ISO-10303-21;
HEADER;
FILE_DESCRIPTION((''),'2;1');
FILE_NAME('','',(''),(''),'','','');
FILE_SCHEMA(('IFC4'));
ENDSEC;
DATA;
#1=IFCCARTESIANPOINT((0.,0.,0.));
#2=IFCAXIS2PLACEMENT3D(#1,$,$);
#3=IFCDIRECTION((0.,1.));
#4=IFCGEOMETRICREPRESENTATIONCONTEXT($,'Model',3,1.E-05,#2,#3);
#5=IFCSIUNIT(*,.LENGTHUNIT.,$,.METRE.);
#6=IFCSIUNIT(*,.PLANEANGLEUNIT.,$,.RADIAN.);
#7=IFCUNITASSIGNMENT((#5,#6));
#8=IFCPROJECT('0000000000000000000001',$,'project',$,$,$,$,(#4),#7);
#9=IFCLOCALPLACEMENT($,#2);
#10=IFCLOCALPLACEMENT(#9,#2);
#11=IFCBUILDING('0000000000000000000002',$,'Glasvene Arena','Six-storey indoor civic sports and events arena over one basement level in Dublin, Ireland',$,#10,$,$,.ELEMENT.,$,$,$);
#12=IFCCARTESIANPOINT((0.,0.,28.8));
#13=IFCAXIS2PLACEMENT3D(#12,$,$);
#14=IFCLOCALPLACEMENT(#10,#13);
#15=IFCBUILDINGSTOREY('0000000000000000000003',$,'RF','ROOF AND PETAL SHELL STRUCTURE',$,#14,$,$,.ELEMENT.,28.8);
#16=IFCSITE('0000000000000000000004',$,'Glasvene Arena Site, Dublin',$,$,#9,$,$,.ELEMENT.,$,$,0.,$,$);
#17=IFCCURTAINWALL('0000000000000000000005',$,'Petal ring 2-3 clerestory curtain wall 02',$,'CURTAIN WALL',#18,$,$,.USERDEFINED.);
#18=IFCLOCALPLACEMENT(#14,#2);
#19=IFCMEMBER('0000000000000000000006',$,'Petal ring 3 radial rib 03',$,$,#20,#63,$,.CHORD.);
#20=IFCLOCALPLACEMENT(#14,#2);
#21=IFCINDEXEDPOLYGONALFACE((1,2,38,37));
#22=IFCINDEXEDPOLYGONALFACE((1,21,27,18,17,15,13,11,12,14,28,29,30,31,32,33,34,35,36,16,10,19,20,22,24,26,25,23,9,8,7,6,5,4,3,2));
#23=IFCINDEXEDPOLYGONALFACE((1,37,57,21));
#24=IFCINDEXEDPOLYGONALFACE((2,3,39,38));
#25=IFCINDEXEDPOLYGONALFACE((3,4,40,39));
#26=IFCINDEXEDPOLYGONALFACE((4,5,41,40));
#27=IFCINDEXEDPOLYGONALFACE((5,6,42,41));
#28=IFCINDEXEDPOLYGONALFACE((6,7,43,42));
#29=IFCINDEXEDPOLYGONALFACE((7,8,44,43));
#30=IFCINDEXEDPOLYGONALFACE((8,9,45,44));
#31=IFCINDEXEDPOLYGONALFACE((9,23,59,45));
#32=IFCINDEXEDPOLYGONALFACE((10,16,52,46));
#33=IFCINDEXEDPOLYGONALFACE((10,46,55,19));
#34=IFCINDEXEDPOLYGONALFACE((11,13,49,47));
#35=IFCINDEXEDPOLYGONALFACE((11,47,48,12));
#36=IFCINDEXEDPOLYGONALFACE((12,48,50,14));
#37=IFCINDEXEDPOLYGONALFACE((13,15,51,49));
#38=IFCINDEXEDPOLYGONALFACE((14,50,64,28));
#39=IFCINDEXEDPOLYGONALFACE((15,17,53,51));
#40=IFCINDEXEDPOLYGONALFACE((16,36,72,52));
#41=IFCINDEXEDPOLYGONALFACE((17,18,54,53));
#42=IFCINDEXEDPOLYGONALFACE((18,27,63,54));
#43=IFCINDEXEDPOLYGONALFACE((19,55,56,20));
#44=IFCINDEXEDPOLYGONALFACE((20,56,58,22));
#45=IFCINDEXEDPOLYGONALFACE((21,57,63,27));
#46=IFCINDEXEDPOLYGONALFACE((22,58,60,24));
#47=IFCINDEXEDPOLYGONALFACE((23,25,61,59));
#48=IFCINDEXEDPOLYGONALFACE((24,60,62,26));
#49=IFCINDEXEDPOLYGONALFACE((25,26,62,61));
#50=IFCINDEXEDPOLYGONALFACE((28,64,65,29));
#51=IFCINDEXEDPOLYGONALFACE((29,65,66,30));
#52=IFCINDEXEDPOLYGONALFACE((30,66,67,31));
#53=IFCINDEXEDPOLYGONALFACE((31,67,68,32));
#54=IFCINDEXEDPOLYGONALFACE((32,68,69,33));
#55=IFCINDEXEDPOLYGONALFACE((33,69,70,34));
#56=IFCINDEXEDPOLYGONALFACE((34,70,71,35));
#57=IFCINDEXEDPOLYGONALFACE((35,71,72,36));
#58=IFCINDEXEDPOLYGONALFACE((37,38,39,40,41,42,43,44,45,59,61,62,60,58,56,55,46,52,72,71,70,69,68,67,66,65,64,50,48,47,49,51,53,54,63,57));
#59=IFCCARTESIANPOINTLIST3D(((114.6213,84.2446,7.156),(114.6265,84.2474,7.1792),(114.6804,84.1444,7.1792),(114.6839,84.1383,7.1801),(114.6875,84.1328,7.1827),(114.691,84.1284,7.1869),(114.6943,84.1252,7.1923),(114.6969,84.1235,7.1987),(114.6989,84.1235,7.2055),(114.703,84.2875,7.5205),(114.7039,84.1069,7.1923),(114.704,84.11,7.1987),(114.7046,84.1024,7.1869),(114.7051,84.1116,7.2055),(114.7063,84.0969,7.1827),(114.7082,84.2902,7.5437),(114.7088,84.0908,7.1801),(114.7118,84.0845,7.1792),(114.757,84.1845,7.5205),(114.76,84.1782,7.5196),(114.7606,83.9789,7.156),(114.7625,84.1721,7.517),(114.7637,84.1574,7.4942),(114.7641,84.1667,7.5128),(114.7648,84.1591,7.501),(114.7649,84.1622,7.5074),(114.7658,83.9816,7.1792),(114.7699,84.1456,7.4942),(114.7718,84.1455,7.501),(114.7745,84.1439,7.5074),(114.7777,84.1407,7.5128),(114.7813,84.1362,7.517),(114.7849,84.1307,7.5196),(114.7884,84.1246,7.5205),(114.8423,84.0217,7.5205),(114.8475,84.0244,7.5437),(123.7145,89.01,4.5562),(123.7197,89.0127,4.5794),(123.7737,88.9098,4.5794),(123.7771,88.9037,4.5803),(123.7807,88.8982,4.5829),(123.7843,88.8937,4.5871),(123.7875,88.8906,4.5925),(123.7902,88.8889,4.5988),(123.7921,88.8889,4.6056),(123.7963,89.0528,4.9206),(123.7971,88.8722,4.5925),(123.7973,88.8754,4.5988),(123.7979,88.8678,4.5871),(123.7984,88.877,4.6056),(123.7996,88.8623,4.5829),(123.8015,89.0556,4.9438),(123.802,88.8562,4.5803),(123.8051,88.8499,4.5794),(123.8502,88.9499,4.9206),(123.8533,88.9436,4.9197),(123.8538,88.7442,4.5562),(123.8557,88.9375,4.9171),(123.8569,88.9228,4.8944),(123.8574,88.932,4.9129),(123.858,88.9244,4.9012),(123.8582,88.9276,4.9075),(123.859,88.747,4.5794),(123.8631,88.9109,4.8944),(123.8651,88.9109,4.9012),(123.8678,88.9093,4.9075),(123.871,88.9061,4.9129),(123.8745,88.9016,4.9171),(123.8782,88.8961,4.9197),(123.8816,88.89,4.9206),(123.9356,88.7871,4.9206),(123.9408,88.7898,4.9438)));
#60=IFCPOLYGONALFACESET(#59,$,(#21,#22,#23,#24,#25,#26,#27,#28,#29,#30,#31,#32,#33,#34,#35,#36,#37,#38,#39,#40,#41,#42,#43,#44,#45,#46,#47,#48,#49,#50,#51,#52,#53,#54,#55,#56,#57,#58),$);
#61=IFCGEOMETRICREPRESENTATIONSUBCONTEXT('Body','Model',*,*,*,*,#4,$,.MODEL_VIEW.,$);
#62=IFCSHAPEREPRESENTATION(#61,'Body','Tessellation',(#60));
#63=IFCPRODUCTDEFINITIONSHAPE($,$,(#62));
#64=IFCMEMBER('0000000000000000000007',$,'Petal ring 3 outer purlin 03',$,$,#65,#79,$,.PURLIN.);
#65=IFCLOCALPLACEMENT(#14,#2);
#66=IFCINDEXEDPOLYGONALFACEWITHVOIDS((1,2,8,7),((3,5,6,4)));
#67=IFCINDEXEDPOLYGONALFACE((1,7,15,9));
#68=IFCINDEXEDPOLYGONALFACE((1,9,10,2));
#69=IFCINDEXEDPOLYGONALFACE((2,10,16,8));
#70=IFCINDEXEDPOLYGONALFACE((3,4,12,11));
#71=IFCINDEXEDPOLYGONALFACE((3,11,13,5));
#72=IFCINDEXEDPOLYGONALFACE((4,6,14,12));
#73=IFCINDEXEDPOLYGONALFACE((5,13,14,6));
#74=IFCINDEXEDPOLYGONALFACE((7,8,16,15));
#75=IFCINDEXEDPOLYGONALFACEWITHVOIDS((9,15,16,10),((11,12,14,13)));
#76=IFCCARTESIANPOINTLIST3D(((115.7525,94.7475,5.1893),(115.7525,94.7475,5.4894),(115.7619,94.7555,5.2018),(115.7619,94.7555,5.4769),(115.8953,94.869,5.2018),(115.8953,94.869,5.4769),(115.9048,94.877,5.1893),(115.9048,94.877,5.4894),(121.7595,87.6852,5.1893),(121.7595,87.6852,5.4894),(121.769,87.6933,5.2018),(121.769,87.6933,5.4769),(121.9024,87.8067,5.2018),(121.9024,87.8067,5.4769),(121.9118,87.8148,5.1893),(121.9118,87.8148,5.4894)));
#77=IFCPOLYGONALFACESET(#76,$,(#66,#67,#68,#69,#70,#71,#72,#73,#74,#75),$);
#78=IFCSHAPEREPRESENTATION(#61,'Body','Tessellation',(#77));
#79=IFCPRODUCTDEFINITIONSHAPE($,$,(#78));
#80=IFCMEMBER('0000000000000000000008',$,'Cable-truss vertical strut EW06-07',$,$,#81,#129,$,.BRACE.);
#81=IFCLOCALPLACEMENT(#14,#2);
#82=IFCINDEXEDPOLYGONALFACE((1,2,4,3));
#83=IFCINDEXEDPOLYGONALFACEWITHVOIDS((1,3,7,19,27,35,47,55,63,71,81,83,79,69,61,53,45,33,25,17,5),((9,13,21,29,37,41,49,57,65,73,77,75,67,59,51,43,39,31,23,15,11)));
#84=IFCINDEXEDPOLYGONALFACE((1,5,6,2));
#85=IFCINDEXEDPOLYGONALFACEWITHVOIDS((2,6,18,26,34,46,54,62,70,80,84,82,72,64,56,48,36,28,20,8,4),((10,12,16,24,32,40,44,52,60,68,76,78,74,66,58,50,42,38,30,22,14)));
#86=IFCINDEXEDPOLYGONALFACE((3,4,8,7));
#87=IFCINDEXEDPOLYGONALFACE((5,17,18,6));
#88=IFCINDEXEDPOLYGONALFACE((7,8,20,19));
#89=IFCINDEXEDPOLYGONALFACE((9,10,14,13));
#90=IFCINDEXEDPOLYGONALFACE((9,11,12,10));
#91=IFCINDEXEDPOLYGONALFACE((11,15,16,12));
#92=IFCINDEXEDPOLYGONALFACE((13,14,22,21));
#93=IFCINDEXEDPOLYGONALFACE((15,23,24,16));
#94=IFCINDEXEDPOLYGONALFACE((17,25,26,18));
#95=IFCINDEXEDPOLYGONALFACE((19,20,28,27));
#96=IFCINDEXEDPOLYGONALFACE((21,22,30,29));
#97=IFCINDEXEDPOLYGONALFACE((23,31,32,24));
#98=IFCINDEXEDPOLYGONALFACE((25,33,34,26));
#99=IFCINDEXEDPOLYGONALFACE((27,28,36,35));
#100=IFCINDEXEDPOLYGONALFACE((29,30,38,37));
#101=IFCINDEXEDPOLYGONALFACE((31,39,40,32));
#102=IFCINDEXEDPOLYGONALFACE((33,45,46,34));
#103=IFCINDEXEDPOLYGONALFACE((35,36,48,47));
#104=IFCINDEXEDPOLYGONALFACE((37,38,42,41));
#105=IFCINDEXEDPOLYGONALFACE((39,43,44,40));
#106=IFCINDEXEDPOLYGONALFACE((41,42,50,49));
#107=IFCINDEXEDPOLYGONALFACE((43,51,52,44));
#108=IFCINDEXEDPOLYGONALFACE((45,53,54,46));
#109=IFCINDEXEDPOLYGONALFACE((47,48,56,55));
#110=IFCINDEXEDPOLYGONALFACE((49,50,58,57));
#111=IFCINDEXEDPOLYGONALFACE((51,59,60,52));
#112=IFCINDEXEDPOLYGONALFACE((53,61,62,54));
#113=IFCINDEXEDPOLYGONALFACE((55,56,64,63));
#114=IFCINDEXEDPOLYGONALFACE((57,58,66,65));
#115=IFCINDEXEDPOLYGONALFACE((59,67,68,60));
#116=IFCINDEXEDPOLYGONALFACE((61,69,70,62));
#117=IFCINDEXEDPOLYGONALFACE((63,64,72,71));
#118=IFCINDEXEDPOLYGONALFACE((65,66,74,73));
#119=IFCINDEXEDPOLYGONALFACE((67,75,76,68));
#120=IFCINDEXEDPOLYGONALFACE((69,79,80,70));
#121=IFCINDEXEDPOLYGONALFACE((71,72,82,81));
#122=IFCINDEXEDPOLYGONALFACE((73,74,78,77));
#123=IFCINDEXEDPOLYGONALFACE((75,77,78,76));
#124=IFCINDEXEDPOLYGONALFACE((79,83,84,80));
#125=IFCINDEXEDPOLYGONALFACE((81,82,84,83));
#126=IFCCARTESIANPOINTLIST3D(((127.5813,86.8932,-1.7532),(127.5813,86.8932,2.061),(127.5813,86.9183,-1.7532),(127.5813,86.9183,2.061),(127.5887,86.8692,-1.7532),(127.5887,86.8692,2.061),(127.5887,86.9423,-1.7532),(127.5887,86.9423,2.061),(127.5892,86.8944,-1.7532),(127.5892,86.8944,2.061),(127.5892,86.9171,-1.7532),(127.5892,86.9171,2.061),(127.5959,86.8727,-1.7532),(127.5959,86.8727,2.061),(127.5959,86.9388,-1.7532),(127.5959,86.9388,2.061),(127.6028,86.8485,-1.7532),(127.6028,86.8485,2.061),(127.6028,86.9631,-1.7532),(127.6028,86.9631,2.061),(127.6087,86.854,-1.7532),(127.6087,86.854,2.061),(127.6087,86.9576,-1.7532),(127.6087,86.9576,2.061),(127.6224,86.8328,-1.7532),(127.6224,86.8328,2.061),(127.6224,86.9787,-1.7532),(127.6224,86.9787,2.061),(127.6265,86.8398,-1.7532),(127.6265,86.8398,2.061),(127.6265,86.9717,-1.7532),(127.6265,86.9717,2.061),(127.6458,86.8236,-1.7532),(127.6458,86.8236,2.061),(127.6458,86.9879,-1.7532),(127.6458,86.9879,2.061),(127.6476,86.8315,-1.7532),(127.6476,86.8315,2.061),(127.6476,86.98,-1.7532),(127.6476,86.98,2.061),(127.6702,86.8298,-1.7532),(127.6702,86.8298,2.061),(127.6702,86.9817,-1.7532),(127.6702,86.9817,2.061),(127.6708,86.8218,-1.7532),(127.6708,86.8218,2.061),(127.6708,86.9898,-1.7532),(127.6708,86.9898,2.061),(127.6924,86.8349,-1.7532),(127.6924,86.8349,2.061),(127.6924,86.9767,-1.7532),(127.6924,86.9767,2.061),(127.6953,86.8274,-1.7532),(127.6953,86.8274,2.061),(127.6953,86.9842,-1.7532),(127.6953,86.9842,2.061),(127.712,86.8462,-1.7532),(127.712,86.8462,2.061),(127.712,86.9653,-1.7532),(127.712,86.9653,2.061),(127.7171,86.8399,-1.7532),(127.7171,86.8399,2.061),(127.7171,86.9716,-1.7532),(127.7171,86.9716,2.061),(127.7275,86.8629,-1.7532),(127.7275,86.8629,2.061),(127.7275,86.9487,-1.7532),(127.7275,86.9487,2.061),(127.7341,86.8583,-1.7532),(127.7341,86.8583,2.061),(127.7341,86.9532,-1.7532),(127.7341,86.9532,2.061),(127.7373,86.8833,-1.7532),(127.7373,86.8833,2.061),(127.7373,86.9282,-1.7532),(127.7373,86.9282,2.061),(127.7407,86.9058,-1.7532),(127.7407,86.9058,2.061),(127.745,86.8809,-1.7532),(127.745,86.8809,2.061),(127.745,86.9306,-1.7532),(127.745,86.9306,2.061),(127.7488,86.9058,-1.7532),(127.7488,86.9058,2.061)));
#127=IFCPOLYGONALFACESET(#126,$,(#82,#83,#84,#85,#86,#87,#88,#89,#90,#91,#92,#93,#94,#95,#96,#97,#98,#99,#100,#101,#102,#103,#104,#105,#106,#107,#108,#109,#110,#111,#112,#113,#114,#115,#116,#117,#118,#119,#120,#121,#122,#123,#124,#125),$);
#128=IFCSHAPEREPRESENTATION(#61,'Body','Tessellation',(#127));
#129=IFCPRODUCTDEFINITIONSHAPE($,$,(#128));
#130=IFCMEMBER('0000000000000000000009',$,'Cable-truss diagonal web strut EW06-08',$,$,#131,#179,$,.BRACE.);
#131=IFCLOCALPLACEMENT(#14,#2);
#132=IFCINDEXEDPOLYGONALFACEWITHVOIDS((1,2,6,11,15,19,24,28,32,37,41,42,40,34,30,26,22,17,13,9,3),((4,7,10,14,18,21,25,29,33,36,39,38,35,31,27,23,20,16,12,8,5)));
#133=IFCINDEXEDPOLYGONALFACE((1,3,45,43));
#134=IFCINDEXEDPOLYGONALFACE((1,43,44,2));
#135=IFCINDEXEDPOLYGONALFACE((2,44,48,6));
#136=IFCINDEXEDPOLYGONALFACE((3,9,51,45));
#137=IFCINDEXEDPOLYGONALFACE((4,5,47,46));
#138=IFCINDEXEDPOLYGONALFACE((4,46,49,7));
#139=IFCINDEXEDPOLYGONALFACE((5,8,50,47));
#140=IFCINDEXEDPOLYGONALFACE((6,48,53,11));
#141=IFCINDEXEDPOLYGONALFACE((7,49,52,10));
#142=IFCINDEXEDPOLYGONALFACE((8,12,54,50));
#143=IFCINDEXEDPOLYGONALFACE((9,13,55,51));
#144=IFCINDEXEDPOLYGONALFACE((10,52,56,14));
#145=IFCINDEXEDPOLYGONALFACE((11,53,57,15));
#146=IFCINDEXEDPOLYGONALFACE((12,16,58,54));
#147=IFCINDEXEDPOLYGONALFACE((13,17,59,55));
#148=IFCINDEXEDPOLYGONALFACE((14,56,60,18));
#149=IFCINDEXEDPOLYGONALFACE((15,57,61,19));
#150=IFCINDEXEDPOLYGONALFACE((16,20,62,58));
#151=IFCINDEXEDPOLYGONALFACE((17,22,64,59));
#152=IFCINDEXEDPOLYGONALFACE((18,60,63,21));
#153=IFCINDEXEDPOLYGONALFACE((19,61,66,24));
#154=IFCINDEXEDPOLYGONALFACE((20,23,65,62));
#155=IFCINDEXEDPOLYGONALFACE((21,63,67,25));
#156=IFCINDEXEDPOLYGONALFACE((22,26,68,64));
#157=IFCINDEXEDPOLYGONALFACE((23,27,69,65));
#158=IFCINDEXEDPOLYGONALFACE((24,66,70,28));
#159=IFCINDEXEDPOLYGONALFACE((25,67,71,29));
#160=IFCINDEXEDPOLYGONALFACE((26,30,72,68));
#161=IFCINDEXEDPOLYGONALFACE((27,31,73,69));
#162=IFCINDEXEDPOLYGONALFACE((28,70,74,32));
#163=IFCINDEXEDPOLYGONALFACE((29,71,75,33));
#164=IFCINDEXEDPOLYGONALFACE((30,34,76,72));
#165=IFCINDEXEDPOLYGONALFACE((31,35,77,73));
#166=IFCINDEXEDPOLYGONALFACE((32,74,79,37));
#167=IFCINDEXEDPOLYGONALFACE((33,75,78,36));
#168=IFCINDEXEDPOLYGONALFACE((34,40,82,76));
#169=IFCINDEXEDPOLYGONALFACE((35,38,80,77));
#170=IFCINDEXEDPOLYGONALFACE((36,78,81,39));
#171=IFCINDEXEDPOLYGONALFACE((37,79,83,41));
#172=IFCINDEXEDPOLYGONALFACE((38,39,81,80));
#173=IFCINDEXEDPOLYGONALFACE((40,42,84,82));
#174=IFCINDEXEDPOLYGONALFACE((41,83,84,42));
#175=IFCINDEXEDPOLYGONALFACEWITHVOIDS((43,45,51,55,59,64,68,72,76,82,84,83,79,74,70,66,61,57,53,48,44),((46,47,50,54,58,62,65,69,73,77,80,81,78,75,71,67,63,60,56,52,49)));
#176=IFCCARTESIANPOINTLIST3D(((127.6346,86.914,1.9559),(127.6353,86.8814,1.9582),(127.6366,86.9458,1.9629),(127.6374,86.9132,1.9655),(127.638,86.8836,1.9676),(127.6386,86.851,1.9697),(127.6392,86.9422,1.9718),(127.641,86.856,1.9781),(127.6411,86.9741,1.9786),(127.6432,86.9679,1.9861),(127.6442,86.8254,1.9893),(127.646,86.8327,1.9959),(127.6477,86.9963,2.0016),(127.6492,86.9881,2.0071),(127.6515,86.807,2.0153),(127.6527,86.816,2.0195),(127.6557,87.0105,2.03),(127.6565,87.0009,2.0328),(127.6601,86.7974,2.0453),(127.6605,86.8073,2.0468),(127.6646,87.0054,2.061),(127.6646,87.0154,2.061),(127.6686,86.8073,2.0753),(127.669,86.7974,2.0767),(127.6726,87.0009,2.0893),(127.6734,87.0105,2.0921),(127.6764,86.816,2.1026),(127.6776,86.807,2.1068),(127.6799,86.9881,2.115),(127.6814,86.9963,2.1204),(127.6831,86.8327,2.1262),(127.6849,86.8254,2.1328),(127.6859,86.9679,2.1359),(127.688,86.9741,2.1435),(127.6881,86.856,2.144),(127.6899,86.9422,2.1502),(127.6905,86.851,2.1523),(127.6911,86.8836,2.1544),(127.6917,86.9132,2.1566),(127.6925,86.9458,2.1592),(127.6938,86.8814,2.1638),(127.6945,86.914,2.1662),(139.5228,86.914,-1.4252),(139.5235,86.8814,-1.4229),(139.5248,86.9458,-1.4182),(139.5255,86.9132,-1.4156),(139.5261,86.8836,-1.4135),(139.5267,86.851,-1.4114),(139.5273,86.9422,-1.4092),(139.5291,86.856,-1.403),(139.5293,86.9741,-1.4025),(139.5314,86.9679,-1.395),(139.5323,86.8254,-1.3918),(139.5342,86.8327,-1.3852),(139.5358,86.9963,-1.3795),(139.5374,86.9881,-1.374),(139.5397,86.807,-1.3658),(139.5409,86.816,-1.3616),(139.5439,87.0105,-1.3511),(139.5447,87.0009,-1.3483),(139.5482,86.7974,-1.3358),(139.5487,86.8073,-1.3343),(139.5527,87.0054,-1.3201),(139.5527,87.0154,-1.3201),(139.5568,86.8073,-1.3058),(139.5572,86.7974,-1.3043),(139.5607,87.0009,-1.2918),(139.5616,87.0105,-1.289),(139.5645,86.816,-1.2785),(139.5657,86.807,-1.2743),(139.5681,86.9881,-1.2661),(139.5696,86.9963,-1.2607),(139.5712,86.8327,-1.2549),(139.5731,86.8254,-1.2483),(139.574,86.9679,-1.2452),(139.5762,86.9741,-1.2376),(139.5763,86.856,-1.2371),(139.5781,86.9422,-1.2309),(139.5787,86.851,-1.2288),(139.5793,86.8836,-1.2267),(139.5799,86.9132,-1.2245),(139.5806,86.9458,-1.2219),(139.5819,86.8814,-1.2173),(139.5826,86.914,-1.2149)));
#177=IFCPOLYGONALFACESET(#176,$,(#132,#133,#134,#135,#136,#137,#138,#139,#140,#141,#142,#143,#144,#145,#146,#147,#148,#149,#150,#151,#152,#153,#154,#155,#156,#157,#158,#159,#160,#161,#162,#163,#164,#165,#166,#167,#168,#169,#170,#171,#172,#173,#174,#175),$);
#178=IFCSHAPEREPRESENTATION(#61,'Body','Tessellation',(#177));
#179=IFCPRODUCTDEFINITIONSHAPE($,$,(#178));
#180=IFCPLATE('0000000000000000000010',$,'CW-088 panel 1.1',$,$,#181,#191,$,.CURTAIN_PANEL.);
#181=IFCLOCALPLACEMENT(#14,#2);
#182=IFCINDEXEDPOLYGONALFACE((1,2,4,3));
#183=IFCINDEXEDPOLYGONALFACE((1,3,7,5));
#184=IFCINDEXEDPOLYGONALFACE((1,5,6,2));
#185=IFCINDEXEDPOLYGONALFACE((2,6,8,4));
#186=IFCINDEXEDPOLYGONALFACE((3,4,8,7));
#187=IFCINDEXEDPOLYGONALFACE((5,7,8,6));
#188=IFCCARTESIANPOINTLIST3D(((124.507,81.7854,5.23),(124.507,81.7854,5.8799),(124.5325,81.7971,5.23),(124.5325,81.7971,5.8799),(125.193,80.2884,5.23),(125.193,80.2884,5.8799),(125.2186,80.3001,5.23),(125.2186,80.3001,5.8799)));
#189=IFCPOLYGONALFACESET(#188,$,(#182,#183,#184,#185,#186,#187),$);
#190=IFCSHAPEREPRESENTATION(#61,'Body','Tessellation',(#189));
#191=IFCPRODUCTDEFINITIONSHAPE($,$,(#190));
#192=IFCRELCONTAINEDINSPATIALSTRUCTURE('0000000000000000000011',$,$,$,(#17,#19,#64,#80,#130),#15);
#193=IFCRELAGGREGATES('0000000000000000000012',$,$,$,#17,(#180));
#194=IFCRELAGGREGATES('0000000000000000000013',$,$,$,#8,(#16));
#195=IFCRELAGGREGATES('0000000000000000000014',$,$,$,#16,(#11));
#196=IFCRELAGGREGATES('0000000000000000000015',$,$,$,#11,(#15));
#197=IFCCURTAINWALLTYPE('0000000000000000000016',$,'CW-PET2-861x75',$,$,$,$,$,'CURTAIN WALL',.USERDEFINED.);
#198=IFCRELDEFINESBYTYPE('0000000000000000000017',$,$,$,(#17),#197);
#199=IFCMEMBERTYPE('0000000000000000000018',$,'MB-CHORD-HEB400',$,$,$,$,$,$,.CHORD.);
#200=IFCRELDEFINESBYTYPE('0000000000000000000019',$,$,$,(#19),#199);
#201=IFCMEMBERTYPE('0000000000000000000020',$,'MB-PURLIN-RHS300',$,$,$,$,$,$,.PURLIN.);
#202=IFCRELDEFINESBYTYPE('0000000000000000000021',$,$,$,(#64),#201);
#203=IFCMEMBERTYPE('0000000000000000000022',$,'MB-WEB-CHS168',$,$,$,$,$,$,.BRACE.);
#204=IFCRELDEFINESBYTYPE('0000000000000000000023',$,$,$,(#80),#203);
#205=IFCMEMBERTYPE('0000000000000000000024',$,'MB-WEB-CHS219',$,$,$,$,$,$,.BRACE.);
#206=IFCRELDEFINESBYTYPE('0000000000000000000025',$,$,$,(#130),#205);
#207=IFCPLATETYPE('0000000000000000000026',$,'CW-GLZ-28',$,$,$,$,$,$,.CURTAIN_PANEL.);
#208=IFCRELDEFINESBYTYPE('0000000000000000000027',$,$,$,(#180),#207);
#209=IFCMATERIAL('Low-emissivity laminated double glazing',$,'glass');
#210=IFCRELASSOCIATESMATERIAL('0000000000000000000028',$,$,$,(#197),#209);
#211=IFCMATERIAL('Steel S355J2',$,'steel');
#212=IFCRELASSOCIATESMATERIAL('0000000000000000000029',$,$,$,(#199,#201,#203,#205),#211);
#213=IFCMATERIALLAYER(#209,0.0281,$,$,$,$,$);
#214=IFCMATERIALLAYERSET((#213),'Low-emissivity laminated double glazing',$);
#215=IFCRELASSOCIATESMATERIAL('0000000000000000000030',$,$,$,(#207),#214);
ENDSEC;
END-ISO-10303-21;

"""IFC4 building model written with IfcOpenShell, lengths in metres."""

from ifc_helpers import new_model, si_unit, direction, frame, origin, origin_2d, place, context, subcontext, project, spatial, rectangle, hollow_rectangle, hollow_circle, i_section, extrude, material, layer, layer_set, material_profile, profile_set, type_object, element, aggregate, save


model = new_model("IFC4")

# Units and contexts
model_context = context("Model", 3, precision=1e-05, world=origin(), true_north=direction((0.0, 1.0)))
body_context = subcontext(model_context, "Body", "Model", "MODEL_VIEW")
ifc_project = project(units=[si_unit("LENGTHUNIT", "METRE"), si_unit("PLANEANGLEUNIT", "RADIAN")], contexts=[model_context])

# Site, building, storey
site_placement = place(None, origin())
site = spatial("IfcSite", under=ifc_project, at=site_placement, Name="Glasvene Arena Site, Dublin", CompositionType="ELEMENT", RefElevation=0.0)
building_placement = place(site_placement, origin())
building = spatial("IfcBuilding", under=site, at=building_placement, Name="Glasvene Arena", Description="Six-storey indoor civic sports and events arena over one basement level in Dublin, Ireland", CompositionType="ELEMENT")
storey_placement = place(building_placement, frame((0.0, 0.0, 28.8)))
storey = spatial("IfcBuildingStorey", under=building, at=storey_placement, Name="RF", Description="ROOF AND PETAL SHELL STRUCTURE", CompositionType="ELEMENT", Elevation=28.8)

# Shared definitions
ifc_material_1 = material(Name="Low-emissivity laminated double glazing", Category="glass")

# Curtain wall
curtain_wall_type_1 = type_object("IfcCurtainWallType", Name="CW-PET2-861x75", ElementType="CURTAIN WALL", PredefinedType="USERDEFINED", material=ifc_material_1)
curtain_wall_1_placement = place(storey_placement, frame((125.2268, 80.2488, 0.0)))
curtain_wall_1 = element("IfcCurtainWall", 1, at=curtain_wall_1_placement, inside=storey, type_object=curtain_wall_type_1, Name="Petal ring 2-3 clerestory curtain wall 02", ObjectType="CURTAIN WALL", PredefinedType="USERDEFINED")

# Members
ifc_material_2 = material(Name="Steel S355J2", Category="steel")
ifc_material_profile_1 = material_profile(ifc_material_2, i_section(OverallWidth=0.3, OverallDepth=0.3999, WebThickness=0.0134, FlangeThickness=0.0239, FilletRadius=0.0271, at=origin_2d()), Name="HEB 400")
ifc_profile_set_1 = profile_set([ifc_material_profile_1], Name="Steel S355J2")
member_type_1 = type_object("IfcMemberType", Name="MB-CHORD-HEB400", PredefinedType="CHORD", material=ifc_profile_set_1)
member_1_placement = place(storey_placement, frame((123.8276, 88.8999, 4.75), z_axis=(-0.858637, -0.449974, 0.245493), x_axis=(0.464178, -0.885742, 0.0)))
element("IfcMember", 2, at=member_1_placement, inside=storey, type_object=member_type_1, Name="Petal ring 3 radial rib 03", PredefinedType="CHORD", context=body_context, shape_type="SweptSolid", body=[
    extrude(i_section(OverallWidth=0.3, OverallDepth=0.3999, WebThickness=0.0134, FlangeThickness=0.0239, FilletRadius=0.0271, at=origin_2d()), origin(), (0.0, 0.0, 1.0), 10.5903),
])
ifc_material_profile_2 = material_profile(ifc_material_2, hollow_rectangle(XDim=0.2, YDim=0.3, WallThickness=0.0125, at=origin_2d()), Name="RHS 300x200x12.5")
ifc_profile_set_2 = profile_set([ifc_material_profile_2], Name="Steel S355J2")
member_type_2 = type_object("IfcMemberType", Name="MB-PURLIN-RHS300", PredefinedType="PURLIN", material=ifc_profile_set_2)
member_2_placement = place(storey_placement, frame((121.8357, 87.75, 5.3394), z_axis=(-0.647909, 0.761718, 0.0), x_axis=(-0.761718, -0.647909, 0.0)))
element("IfcMember", 3, at=member_2_placement, inside=storey, type_object=member_type_2, Name="Petal ring 3 outer purlin 03", PredefinedType="PURLIN", context=body_context, shape_type="SweptSolid", body=[
    extrude(hollow_rectangle(XDim=0.2, YDim=0.3, WallThickness=0.0125, at=origin_2d()), origin(), (0.0, 0.0, 1.0), 9.2715),
])
ifc_material_profile_3 = material_profile(ifc_material_2, hollow_circle(Radius=0.0842, WallThickness=0.0081, at=origin_2d()), Name="CHS 168.3x8.0")
ifc_profile_set_3 = profile_set([ifc_material_profile_3], Name="Steel S355J2")
member_type_3 = type_object("IfcMemberType", Name="MB-WEB-CHS168", PredefinedType="BRACE", material=ifc_profile_set_3)
member_3_placement = place(storey_placement, frame((127.6646, 86.9058, -1.7532), z_axis=(0.0, 0.0, 1.0), x_axis=(1.0, 0.0, 0.0)))
element("IfcMember", 4, at=member_3_placement, inside=storey, type_object=member_type_3, Name="Cable-truss vertical strut EW06-07", PredefinedType="BRACE", context=body_context, shape_type="SweptSolid", body=[
    extrude(hollow_circle(Radius=0.0842, WallThickness=0.0081, at=origin_2d()), origin(), (0.0, 0.0, 1.0), 3.8142),
])
ifc_material_profile_4 = material_profile(ifc_material_2, hollow_circle(Radius=0.1096, WallThickness=0.01, at=origin_2d()), Name="CHS 219.1x10.0")
ifc_profile_set_4 = profile_set([ifc_material_profile_4], Name="Steel S355J2")
member_type_4 = type_object("IfcMemberType", Name="MB-WEB-CHS219", PredefinedType="BRACE", material=ifc_profile_set_4)
member_4_placement = place(storey_placement, frame((127.6646, 86.9058, 2.061), z_axis=(0.961855, 0.0, -0.27356), x_axis=(0.0, 1.0, 0.0)))
element("IfcMember", 5, at=member_4_placement, inside=storey, type_object=member_type_4, Name="Cable-truss diagonal web strut EW06-08", PredefinedType="BRACE", context=body_context, shape_type="SweptSolid", body=[
    extrude(hollow_circle(Radius=0.1096, WallThickness=0.01, at=origin_2d()), origin(), (0.0, 0.0, 1.0), 12.3596),
])

# Plate
ifc_layer_1 = layer(ifc_material_1, 0.0281)
ifc_layer_set_1 = layer_set([ifc_layer_1], Name="Low-emissivity laminated double glazing")
plate_type = type_object("IfcPlateType", Name="CW-GLZ-28", PredefinedType="CURTAIN_PANEL", material=ifc_layer_set_1)
plate_1_placement = place(storey_placement, frame((124.8628, 81.0427, 5.23), z_axis=(0.0, 0.0, 1.0), x_axis=(-0.416592, 0.909094, 0.0)))
plate_1 = element("IfcPlate", 6, at=plate_1_placement, type_object=plate_type, Name="CW-088 panel 1.1", PredefinedType="CURTAIN_PANEL", context=body_context, shape_type="SweptSolid", body=[
    extrude(rectangle(XDim=1.6467, YDim=0.0281, at=origin_2d()), origin(), (0.0, 0.0, 1.0), 0.6499),
])
aggregate(curtain_wall_1, [plate_1])

save(model, "model.ifc")
